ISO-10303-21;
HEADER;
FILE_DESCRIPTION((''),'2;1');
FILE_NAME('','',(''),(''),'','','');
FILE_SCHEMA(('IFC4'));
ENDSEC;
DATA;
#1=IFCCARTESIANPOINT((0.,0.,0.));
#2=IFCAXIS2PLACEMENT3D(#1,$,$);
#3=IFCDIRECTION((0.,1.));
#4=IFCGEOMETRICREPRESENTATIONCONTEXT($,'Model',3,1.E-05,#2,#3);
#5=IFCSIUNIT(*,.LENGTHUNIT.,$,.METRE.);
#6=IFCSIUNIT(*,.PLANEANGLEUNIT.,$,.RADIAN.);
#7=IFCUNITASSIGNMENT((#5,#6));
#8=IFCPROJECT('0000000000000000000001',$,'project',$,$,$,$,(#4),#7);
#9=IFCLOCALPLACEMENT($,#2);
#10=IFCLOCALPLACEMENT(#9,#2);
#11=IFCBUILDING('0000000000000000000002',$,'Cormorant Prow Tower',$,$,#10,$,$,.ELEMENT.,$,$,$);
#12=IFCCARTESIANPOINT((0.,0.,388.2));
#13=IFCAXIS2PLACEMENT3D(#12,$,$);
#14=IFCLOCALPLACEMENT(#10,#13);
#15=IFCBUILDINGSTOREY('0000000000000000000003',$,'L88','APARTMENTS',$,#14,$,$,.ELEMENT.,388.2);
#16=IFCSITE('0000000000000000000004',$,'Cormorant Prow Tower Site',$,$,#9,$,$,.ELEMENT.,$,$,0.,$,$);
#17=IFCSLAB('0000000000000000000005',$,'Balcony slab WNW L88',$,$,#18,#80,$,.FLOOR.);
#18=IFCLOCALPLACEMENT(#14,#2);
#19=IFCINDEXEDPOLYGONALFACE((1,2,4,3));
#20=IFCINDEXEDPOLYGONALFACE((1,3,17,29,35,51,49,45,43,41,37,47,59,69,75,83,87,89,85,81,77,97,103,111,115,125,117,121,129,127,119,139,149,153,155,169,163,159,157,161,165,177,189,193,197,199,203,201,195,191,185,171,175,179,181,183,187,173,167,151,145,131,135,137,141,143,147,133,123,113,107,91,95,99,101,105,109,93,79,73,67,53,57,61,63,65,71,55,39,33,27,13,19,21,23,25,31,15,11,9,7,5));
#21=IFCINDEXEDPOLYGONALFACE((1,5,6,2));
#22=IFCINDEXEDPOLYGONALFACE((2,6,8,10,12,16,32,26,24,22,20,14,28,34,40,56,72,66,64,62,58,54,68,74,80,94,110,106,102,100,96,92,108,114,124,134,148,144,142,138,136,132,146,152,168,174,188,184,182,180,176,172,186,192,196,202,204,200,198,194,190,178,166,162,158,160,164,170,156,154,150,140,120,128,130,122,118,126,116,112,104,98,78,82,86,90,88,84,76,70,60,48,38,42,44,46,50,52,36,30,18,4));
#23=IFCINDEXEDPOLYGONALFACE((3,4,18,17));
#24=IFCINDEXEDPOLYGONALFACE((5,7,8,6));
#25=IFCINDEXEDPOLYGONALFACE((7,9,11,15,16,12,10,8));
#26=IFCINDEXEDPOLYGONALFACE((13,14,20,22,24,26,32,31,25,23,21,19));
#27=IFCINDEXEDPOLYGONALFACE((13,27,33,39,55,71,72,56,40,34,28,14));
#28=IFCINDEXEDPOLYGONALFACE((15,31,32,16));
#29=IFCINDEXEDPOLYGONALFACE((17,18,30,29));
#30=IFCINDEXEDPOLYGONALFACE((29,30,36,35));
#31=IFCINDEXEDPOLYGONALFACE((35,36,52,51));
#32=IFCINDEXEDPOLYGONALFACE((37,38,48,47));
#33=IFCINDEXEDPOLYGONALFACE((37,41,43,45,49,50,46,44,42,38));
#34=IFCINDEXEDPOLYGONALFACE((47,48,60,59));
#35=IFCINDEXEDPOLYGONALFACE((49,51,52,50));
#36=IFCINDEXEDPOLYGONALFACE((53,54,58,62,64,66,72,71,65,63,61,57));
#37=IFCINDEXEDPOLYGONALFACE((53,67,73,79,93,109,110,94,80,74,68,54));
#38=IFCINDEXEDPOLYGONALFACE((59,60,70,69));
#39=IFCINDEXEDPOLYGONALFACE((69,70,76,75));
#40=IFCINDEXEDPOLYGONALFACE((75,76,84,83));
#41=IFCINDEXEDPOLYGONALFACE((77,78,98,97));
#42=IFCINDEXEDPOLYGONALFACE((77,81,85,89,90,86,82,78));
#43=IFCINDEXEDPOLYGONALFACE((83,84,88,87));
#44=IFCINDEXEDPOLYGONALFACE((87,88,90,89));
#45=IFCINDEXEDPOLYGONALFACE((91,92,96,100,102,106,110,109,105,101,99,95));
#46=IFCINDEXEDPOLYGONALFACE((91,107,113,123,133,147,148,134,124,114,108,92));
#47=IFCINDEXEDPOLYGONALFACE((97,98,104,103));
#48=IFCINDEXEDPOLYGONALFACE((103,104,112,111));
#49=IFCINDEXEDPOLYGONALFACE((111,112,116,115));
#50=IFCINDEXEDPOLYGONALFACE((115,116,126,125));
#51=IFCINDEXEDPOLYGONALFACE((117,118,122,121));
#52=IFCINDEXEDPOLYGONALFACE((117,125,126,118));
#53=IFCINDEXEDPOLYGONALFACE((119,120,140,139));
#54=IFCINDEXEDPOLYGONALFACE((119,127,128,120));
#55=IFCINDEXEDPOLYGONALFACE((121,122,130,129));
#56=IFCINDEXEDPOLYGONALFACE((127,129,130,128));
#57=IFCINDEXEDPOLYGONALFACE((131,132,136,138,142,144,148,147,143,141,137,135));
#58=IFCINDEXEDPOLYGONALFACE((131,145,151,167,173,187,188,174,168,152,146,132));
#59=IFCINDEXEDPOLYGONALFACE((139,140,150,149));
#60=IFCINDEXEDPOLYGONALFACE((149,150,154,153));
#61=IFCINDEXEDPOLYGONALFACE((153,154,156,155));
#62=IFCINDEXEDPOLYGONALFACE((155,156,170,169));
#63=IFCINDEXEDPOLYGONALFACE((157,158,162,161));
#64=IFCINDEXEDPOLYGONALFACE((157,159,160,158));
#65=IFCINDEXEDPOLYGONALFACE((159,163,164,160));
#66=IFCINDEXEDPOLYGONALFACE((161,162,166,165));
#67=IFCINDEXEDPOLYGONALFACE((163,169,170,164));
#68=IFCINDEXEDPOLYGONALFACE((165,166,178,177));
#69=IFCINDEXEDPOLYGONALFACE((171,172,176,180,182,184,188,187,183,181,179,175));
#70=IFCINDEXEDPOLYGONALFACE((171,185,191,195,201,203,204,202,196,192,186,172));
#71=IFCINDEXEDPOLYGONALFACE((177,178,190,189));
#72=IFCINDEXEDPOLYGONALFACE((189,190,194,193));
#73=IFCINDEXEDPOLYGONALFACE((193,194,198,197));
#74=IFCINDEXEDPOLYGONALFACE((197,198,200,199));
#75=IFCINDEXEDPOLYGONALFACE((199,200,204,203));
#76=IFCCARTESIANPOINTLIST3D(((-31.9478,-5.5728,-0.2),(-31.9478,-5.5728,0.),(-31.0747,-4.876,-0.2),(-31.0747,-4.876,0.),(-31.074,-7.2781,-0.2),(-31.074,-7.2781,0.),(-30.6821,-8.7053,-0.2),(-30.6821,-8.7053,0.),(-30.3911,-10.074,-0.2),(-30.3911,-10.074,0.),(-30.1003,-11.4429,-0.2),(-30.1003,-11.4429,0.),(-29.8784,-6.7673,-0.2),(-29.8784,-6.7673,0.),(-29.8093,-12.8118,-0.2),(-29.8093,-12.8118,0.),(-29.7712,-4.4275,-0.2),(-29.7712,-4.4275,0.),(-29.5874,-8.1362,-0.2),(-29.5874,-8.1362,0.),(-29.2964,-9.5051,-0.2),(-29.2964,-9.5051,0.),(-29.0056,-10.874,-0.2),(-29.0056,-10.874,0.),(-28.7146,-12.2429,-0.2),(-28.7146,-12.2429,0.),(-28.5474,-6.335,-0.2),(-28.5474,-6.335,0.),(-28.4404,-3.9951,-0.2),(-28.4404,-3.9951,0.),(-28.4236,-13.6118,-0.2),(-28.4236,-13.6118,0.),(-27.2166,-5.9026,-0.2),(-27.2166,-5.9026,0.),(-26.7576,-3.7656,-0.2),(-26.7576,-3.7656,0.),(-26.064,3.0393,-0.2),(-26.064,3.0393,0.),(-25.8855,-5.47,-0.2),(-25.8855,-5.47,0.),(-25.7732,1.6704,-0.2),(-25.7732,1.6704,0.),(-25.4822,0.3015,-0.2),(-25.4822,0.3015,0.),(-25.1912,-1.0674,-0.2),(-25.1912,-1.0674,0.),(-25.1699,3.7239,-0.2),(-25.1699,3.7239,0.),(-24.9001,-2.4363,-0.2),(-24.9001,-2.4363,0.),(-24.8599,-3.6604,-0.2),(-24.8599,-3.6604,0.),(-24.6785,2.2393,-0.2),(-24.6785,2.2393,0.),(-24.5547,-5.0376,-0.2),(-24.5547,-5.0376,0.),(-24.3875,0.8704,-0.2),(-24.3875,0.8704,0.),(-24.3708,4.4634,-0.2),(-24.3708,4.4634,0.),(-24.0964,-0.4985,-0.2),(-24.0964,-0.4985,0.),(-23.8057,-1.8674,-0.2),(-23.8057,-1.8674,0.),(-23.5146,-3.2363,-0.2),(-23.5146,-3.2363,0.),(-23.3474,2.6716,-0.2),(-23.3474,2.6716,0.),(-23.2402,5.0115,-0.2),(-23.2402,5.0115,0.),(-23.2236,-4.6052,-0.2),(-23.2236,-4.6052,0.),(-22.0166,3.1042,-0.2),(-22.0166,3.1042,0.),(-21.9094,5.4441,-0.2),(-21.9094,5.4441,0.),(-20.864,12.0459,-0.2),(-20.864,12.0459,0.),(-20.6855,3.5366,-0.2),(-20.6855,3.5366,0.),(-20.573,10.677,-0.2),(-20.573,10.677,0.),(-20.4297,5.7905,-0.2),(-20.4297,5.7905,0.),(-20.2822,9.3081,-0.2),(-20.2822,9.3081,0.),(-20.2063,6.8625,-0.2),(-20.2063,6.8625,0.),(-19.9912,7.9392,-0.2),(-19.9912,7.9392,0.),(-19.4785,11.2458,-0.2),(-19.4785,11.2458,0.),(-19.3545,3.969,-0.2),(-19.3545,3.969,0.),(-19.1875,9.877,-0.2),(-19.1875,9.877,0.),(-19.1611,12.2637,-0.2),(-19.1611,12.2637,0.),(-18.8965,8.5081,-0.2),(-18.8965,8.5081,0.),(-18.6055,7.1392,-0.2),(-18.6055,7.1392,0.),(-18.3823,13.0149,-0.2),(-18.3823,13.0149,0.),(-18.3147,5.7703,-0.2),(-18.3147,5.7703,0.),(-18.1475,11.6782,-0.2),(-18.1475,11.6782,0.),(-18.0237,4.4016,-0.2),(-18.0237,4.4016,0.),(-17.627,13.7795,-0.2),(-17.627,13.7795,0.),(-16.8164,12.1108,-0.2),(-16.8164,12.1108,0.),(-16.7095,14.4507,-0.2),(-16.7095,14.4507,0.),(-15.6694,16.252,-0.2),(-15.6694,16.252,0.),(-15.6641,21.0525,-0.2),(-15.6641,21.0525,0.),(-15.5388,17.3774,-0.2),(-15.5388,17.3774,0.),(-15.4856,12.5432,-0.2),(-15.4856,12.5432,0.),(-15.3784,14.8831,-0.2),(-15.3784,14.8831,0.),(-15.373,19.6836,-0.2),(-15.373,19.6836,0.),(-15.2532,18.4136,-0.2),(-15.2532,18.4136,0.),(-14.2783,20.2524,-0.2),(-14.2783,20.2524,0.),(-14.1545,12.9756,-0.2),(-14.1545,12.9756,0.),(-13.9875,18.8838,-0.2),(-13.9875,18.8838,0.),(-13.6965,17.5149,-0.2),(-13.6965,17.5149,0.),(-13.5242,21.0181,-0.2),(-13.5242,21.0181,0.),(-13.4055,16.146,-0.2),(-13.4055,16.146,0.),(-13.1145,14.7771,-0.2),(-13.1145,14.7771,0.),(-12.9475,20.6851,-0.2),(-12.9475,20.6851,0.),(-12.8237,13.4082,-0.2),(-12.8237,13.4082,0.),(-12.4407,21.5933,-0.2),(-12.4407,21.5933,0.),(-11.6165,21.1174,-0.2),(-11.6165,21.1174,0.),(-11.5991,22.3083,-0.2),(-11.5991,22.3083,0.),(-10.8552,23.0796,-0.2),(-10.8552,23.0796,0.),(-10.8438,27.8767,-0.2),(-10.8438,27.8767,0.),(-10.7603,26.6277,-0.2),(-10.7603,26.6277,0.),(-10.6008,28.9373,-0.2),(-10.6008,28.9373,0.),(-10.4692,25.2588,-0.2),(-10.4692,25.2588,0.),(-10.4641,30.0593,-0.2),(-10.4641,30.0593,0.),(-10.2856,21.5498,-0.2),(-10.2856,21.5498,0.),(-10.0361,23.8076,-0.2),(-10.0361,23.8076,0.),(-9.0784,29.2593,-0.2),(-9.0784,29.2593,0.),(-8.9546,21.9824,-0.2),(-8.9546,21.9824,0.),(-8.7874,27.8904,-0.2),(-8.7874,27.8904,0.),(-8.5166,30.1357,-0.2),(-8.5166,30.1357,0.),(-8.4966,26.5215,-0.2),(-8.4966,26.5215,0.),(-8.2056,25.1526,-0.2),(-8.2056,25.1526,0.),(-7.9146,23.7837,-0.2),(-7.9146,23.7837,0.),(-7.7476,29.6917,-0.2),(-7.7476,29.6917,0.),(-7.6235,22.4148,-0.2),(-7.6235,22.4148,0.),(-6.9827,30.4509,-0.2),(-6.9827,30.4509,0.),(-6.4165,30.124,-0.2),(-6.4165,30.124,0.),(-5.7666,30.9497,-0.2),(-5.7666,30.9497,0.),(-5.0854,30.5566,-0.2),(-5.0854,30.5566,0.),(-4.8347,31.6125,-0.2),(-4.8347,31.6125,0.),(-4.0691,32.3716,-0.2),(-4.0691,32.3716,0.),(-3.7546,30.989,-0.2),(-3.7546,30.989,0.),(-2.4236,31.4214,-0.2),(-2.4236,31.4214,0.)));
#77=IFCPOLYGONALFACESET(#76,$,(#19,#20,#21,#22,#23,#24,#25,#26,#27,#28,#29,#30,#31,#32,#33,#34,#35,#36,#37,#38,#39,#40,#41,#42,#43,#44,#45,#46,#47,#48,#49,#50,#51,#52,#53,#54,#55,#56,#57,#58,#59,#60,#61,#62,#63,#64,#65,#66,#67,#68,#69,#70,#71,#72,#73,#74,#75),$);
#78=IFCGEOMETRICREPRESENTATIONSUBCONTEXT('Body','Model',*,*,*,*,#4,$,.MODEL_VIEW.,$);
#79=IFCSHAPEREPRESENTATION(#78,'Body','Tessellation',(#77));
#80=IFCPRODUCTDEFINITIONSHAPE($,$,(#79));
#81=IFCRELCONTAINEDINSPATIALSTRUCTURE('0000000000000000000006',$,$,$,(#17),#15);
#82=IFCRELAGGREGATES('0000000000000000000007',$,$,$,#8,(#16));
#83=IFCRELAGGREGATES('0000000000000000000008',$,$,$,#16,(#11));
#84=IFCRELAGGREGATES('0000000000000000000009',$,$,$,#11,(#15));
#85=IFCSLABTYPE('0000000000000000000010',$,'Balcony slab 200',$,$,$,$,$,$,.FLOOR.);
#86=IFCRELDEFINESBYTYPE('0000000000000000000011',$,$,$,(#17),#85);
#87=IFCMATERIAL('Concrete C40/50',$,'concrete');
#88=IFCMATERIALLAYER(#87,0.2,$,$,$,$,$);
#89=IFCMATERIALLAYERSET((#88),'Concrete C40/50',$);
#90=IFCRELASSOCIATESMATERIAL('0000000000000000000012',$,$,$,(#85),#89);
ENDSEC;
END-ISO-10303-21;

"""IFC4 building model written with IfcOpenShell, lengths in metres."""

from ifc_helpers import new_model, si_unit, direction, frame, origin, place, context, subcontext, project, spatial, polyline, outline, extrude, material, layer, layer_set, type_object, element, save


model = new_model("IFC4")

# Units and contexts
model_context = context("Model", 3, precision=1e-05, world=origin(), true_north=direction((0.0, 1.0)))
body_context = subcontext(model_context, "Body", "Model", "MODEL_VIEW")
ifc_project = project(units=[si_unit("LENGTHUNIT", "METRE"), si_unit("PLANEANGLEUNIT", "RADIAN")], contexts=[model_context])

# Site, building, storey
site_placement = place(None, origin())
site = spatial("IfcSite", under=ifc_project, at=site_placement, Name="Cormorant Prow Tower Site", CompositionType="ELEMENT", RefElevation=0.0)
building_placement = place(site_placement, origin())
building = spatial("IfcBuilding", under=site, at=building_placement, Name="Cormorant Prow Tower", CompositionType="ELEMENT")
storey_placement = place(building_placement, frame((0.0, 0.0, 388.2)))
storey = spatial("IfcBuildingStorey", under=building, at=storey_placement, Name="L88", Description="APARTMENTS", CompositionType="ELEMENT", Elevation=388.2)

# Slab
ifc_material_1 = material(Name="Concrete C40/50", Category="concrete")
ifc_layer_1 = layer(ifc_material_1, 0.2)
ifc_layer_set_1 = layer_set([ifc_layer_1], Name="Concrete C40/50")
slab_type_1 = type_object("IfcSlabType", Name="Balcony slab 200", PredefinedType="FLOOR", material=ifc_layer_set_1)
slab_1_placement = place(storey_placement, frame((0.0, 0.0, -0.2)))
element("IfcSlab", 1, at=slab_1_placement, inside=storey, type_object=slab_type_1, Name="Balcony slab WNW L88", PredefinedType="FLOOR", context=body_context, shape_type="SweptSolid", body=[
    extrude(outline(polyline([(-2.4236, 31.4214), (-4.0691, 32.3716), (-4.8347, 31.6125), (-5.7666, 30.9497), (-6.9827, 30.4509), (-8.5166, 30.1357), (-10.4641, 30.0593), (-10.6008, 28.9373), (-10.8438, 27.8767), (-10.7603, 26.6277), (-10.4692, 25.2588), (-10.0361, 23.8076), (-10.8552, 23.0796), (-11.5991, 22.3083), (-12.4407, 21.5933), (-13.5242, 21.0181), (-15.6641, 21.0525), (-15.373, 19.6836), (-15.2532, 18.4136), (-15.5388, 17.3774), (-15.6694, 16.252), (-15.3784, 14.8831), (-16.7095, 14.4507), (-17.627, 13.7795), (-18.3823, 13.0149), (-19.1611, 12.2637), (-20.864, 12.0459), (-20.573, 10.677), (-20.2822, 9.3081), (-19.9912, 7.9392), (-20.2063, 6.8625), (-20.4297, 5.7905), (-21.9094, 5.4441), (-23.2402, 5.0115), (-24.3708, 4.4634), (-25.1699, 3.7239), (-26.064, 3.0393), (-25.7732, 1.6704), (-25.4822, 0.3015), (-25.1912, -1.0674), (-24.9001, -2.4363), (-24.8599, -3.6604), (-26.7576, -3.7656), (-28.4404, -3.9951), (-29.7712, -4.4275), (-31.0747, -4.876), (-31.9478, -5.5728), (-31.074, -7.2781), (-30.6821, -8.7053), (-30.3911, -10.074), (-30.1003, -11.4429), (-29.8093, -12.8118), (-28.4236, -13.6118), (-28.7146, -12.2429), (-29.0056, -10.874), (-29.2964, -9.5051), (-29.5874, -8.1362), (-29.8784, -6.7673), (-28.5474, -6.335), (-27.2166, -5.9026), (-25.8855, -5.47), (-24.5547, -5.0376), (-23.2236, -4.6052), (-23.5146, -3.2363), (-23.8057, -1.8674), (-24.0964, -0.4985), (-24.3875, 0.8704), (-24.6785, 2.2393), (-23.3474, 2.6716), (-22.0166, 3.1042), (-20.6855, 3.5366), (-19.3545, 3.969), (-18.0237, 4.4016), (-18.3147, 5.7703), (-18.6055, 7.1392), (-18.8965, 8.5081), (-19.1875, 9.877), (-19.4785, 11.2458), (-18.1475, 11.6782), (-16.8164, 12.1108), (-15.4856, 12.5432), (-14.1545, 12.9756), (-12.8237, 13.4082), (-13.1145, 14.7771), (-13.4055, 16.146), (-13.6965, 17.5149), (-13.9875, 18.8838), (-14.2783, 20.2524), (-12.9475, 20.6851), (-11.6165, 21.1174), (-10.2856, 21.5498), (-8.9546, 21.9824), (-7.6235, 22.4148), (-7.9146, 23.7837), (-8.2056, 25.1526), (-8.4966, 26.5215), (-8.7874, 27.8904), (-9.0784, 29.2593), (-7.7476, 29.6917), (-6.4165, 30.124), (-5.0854, 30.5566), (-3.7546, 30.989), (-2.4236, 31.4214)])), origin(), (0.0, 0.0, 1.0), 0.2),
])

save(model, "model.ifc")
